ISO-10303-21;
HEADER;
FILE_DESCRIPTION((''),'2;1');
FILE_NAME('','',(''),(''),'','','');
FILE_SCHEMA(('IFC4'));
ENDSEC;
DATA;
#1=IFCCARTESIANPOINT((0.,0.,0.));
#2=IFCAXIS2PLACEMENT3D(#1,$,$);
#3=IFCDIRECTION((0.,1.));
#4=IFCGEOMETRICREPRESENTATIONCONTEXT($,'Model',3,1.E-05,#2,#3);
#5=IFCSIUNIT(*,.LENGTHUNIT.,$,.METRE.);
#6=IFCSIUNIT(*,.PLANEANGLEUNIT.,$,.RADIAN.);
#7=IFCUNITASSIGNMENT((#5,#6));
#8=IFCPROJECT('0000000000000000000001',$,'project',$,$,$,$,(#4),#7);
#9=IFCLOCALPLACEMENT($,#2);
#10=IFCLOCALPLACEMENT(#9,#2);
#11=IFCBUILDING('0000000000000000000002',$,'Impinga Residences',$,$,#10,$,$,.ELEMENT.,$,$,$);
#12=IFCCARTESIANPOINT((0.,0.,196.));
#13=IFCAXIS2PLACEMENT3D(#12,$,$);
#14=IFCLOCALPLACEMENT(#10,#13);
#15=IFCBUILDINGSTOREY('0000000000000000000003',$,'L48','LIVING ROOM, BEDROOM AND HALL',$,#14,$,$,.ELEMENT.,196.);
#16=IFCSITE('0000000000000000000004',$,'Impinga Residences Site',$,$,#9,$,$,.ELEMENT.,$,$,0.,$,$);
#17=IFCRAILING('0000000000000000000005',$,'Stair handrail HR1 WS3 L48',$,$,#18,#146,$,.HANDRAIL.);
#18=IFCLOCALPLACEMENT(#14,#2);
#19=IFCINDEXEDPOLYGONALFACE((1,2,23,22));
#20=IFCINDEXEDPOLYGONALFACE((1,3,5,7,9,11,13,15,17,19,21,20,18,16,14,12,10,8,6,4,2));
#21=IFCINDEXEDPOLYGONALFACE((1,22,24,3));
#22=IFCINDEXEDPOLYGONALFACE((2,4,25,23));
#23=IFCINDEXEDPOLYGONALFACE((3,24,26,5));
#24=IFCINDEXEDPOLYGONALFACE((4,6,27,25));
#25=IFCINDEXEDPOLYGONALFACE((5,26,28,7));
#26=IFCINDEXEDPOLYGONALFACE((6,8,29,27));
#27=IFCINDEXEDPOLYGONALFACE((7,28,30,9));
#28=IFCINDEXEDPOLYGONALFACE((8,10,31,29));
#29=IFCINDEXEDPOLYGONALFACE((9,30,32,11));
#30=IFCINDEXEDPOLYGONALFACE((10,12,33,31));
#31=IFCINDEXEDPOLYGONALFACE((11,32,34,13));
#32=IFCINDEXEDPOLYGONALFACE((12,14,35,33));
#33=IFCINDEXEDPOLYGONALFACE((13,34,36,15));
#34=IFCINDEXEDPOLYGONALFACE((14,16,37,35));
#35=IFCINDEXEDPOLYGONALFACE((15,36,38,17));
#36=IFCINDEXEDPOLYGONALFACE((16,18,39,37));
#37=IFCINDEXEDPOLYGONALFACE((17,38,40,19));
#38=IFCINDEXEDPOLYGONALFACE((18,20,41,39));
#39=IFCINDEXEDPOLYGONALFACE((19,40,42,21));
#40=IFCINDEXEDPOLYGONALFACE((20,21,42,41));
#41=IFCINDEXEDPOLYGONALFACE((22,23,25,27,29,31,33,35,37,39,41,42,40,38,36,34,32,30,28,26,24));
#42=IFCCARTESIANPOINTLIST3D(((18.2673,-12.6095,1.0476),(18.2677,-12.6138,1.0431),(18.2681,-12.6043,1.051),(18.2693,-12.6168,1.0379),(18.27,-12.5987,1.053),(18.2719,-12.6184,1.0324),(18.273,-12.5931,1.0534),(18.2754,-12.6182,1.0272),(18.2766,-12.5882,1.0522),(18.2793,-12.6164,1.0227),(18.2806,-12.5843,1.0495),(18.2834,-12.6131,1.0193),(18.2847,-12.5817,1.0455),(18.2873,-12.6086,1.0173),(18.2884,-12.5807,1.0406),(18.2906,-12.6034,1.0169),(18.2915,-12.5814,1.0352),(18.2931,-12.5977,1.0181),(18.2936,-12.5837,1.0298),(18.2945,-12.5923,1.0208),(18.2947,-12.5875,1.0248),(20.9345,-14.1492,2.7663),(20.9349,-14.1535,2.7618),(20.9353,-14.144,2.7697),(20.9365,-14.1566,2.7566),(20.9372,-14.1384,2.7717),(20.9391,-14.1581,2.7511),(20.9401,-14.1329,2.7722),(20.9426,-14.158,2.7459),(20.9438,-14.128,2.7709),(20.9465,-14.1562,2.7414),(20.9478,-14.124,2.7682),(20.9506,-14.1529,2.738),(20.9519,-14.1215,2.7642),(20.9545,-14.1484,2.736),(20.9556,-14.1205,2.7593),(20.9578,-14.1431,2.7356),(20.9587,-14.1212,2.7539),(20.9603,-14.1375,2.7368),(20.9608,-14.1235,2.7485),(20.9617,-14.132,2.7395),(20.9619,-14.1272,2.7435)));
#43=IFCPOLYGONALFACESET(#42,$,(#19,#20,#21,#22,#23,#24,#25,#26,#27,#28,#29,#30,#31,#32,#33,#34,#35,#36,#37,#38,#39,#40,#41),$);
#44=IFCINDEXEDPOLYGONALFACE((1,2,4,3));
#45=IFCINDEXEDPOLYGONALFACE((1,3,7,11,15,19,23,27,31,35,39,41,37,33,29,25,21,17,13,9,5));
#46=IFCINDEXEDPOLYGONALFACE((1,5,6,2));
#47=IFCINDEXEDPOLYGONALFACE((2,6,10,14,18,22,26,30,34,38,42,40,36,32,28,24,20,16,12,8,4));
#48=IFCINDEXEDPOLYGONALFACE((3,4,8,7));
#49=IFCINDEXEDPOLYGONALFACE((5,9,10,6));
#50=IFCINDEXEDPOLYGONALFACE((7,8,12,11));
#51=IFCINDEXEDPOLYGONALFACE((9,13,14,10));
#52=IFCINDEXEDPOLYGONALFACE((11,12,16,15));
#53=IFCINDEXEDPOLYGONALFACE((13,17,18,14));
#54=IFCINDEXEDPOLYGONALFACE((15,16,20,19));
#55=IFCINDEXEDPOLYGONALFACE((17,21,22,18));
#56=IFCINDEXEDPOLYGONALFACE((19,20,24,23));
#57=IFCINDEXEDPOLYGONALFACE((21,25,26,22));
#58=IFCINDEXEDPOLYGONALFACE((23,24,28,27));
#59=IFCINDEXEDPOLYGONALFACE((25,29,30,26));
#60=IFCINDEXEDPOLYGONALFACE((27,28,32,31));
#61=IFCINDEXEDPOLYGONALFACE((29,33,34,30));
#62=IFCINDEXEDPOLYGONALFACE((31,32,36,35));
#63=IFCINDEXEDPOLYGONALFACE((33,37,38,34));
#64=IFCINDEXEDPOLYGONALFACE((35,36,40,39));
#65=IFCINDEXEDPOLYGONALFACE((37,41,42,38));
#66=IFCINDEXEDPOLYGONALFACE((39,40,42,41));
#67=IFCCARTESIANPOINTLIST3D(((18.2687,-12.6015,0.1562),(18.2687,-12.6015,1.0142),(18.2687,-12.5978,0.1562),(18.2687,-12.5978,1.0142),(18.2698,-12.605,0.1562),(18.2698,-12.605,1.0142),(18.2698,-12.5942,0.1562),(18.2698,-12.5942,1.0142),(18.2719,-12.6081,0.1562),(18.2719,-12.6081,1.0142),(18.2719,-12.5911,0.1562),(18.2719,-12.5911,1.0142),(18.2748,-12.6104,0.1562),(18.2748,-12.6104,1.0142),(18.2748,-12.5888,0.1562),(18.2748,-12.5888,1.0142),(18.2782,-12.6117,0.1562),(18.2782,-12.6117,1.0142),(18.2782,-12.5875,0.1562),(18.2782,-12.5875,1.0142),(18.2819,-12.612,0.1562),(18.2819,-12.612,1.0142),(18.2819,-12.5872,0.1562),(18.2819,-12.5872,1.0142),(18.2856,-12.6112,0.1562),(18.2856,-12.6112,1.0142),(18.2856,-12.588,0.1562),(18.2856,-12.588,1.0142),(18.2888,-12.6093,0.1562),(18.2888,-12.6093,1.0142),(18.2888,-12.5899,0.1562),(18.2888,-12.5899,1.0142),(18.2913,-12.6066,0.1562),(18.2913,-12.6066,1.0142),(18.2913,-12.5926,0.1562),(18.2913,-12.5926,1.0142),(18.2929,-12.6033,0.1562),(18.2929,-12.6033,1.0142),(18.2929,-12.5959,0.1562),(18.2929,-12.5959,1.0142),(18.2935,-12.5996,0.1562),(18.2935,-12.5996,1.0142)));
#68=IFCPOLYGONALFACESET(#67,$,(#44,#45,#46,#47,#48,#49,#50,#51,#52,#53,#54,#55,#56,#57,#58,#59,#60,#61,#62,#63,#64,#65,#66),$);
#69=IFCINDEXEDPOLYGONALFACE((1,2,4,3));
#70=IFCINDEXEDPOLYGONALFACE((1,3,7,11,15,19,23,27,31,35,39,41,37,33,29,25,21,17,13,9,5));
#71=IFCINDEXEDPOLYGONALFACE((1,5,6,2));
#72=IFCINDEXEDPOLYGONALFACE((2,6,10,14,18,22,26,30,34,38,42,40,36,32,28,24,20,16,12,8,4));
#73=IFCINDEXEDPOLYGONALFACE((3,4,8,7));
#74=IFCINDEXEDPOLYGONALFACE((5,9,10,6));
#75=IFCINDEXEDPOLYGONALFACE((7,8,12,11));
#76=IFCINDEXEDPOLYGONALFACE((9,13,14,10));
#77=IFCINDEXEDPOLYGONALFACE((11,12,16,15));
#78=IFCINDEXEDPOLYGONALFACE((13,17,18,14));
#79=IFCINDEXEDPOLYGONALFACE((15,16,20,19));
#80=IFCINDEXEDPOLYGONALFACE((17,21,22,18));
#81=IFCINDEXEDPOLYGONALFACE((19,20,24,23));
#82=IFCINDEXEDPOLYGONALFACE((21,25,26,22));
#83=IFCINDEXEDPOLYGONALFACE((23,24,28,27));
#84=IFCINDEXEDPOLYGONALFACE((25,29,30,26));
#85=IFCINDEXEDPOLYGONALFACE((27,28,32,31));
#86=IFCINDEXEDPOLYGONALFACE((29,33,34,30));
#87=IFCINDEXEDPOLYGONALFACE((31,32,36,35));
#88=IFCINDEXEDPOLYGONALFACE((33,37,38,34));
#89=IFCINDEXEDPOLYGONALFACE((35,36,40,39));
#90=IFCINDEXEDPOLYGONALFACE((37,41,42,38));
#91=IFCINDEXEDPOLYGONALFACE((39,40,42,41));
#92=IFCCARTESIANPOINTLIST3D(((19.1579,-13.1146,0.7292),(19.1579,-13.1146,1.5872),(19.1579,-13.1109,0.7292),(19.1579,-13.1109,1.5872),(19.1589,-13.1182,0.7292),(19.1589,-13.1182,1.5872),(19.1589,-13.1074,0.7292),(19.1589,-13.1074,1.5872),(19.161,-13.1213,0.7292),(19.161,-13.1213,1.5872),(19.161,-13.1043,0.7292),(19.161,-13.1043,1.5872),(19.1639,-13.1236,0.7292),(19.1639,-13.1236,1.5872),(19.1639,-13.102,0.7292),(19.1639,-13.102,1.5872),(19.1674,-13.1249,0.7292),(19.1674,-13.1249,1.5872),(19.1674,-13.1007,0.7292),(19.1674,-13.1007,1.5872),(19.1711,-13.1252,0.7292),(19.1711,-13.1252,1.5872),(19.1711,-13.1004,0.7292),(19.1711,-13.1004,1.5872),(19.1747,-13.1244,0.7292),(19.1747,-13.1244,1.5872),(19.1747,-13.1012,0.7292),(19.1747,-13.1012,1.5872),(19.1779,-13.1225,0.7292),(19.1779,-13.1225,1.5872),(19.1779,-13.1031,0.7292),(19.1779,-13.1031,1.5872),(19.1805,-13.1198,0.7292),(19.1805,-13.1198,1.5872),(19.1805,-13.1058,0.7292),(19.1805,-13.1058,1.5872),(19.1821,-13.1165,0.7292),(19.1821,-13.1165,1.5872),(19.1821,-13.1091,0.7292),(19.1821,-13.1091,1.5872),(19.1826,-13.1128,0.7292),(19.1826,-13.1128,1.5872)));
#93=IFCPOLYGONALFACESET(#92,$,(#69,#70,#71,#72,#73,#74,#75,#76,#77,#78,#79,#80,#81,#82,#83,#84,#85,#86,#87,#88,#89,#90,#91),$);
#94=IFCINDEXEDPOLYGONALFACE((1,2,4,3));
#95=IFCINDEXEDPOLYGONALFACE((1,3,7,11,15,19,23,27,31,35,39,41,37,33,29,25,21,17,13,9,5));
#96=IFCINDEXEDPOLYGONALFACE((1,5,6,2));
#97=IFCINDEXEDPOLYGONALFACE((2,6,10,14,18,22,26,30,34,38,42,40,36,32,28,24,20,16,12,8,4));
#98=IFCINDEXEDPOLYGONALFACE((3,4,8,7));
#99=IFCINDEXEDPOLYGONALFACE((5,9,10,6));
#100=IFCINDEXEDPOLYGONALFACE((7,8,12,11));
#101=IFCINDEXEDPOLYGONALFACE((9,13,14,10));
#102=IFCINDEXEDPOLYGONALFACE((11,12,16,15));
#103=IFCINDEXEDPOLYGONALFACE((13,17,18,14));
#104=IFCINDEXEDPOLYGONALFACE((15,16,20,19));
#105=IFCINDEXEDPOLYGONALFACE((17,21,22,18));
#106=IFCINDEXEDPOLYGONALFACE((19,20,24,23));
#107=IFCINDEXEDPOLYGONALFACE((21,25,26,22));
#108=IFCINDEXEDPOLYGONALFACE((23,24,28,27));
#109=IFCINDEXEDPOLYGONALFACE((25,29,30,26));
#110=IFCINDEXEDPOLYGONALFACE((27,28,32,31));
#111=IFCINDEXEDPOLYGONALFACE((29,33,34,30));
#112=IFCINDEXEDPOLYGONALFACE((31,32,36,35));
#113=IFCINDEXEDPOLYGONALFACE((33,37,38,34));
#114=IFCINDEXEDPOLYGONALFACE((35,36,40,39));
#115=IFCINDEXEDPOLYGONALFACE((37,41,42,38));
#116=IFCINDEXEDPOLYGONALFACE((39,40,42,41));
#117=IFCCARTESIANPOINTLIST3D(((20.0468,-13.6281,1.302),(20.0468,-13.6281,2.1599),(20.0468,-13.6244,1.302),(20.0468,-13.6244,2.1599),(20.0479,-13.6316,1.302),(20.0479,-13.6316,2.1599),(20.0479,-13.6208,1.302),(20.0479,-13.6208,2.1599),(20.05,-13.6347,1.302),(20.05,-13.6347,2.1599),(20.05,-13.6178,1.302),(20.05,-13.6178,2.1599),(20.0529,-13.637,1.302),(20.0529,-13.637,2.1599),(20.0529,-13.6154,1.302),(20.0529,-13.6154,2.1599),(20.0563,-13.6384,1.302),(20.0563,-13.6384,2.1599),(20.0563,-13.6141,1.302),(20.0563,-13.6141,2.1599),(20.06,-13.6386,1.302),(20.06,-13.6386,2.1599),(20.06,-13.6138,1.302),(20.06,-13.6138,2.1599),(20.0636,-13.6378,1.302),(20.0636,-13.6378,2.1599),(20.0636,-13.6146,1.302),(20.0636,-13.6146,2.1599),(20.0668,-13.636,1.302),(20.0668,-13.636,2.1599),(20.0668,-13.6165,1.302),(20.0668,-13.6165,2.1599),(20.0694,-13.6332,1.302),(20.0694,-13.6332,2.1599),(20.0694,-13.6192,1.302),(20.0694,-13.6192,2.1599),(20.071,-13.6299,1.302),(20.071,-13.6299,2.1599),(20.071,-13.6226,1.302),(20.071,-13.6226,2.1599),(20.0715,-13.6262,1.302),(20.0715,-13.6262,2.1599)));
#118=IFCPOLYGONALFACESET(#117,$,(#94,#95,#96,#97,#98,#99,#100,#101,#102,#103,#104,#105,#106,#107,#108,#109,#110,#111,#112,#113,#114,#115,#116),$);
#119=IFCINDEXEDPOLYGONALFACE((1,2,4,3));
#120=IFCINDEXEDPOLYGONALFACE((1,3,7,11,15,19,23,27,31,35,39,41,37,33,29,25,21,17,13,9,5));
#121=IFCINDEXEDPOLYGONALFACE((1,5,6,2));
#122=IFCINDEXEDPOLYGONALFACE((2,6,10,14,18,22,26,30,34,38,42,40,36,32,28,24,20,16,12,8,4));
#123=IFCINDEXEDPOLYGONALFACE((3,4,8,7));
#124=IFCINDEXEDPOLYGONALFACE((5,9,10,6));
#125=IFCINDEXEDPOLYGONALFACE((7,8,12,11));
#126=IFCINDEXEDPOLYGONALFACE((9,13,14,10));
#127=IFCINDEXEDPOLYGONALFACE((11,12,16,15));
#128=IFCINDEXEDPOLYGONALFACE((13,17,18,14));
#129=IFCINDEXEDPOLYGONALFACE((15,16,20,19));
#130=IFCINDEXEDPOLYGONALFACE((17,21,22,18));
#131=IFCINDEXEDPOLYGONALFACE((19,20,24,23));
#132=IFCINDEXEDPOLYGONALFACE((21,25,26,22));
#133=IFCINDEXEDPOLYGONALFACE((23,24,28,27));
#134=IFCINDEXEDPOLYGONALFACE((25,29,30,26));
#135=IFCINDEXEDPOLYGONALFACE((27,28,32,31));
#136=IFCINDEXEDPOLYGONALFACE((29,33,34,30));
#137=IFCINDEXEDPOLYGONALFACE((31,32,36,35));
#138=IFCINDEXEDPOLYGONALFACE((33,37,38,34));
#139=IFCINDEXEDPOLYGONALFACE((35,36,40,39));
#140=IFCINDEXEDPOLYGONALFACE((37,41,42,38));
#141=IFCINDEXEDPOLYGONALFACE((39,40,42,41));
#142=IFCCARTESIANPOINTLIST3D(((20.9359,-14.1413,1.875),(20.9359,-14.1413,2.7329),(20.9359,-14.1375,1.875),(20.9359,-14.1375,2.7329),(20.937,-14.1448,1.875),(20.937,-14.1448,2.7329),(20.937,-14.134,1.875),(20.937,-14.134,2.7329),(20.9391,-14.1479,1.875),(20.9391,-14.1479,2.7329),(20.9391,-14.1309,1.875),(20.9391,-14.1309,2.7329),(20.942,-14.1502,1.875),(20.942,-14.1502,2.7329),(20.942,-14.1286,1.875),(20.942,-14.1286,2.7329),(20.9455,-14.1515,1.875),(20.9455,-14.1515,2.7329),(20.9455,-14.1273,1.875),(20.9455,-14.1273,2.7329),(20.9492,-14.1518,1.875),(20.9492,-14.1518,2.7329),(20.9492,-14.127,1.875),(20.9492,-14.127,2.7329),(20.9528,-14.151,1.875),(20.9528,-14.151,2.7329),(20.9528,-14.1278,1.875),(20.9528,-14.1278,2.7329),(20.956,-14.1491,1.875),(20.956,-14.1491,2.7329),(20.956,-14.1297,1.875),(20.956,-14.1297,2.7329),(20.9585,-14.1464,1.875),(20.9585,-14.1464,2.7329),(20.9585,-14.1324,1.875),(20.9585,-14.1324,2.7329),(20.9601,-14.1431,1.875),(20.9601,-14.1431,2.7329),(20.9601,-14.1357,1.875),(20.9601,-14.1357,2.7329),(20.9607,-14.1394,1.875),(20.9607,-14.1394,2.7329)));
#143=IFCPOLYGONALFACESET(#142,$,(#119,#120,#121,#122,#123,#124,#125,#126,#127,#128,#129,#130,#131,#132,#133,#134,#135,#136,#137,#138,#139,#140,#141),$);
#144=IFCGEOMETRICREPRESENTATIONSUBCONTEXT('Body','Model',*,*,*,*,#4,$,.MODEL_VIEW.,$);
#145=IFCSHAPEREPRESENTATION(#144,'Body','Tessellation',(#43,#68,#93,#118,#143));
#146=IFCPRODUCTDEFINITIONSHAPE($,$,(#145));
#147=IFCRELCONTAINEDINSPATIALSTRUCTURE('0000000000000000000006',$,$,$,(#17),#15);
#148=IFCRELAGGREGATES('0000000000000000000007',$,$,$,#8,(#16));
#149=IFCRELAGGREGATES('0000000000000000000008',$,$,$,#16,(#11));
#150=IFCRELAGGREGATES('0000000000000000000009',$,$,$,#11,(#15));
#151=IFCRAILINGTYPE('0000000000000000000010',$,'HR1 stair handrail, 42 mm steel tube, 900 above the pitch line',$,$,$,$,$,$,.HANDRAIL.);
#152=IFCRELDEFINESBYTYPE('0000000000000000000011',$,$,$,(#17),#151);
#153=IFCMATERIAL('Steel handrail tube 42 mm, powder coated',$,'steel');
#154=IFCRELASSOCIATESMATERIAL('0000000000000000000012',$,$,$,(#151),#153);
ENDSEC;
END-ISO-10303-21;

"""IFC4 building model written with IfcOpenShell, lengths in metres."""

from ifc_helpers import new_model, si_unit, direction, frame, origin, origin_2d, place, context, subcontext, project, spatial, circle, extrude, material, type_object, element, save


model = new_model("IFC4")

# Units and contexts
model_context = context("Model", 3, precision=1e-05, world=origin(), true_north=direction((0.0, 1.0)))
body_context = subcontext(model_context, "Body", "Model", "MODEL_VIEW")
ifc_project = project(units=[si_unit("LENGTHUNIT", "METRE"), si_unit("PLANEANGLEUNIT", "RADIAN")], contexts=[model_context])

# Site, building, storey
site_placement = place(None, origin())
site = spatial("IfcSite", under=ifc_project, at=site_placement, Name="Impinga Residences Site", CompositionType="ELEMENT", RefElevation=0.0)
building_placement = place(site_placement, origin())
building = spatial("IfcBuilding", under=site, at=building_placement, Name="Impinga Residences", CompositionType="ELEMENT")
storey_placement = place(building_placement, frame((0.0, 0.0, 196.0)))
storey = spatial("IfcBuildingStorey", under=building, at=storey_placement, Name="L48", Description="LIVING ROOM, BEDROOM AND HALL", CompositionType="ELEMENT", Elevation=196.0)

# Railing
ifc_material_1 = material(Name="Steel handrail tube 42 mm, powder coated", Category="steel")
railing_type_1 = type_object("IfcRailingType", Name="HR1 stair handrail, 42 mm steel tube, 900 above the pitch line", PredefinedType="HANDRAIL", material=ifc_material_1)
railing_1_placement = place(storey_placement, frame((18.281, -12.5996, 0.1562)))
element("IfcRailing", 1, at=railing_1_placement, inside=storey, type_object=railing_type_1, Name="Stair handrail HR1 WS3 L48", PredefinedType="HANDRAIL", context=body_context, shape_type="SweptSolid", body=[
    extrude(circle(Radius=0.021, at=origin_2d()), frame((0.0, 0.0, 0.8789), z_axis=(0.756249, -0.436582, 0.487322), x_axis=(0.499967, 0.866044, 0.0)), (0.0, 0.0, 1.0), 3.5269),
    extrude(circle(Radius=0.0125, at=origin_2d()), origin(), (0.0, 0.0, 1.0), 0.8579),
    extrude(circle(Radius=0.0125, at=origin_2d()), frame((0.8892, -0.5132, 0.573)), (0.0, 0.0, 1.0), 0.8579),
    extrude(circle(Radius=0.0125, at=origin_2d()), frame((1.7781, -1.0266, 1.1458)), (0.0, 0.0, 1.0), 0.8579),
    extrude(circle(Radius=0.0125, at=origin_2d()), frame((2.6672, -1.5398, 1.7188)), (0.0, 0.0, 1.0), 0.8579),
])

save(model, "model.ifc")
